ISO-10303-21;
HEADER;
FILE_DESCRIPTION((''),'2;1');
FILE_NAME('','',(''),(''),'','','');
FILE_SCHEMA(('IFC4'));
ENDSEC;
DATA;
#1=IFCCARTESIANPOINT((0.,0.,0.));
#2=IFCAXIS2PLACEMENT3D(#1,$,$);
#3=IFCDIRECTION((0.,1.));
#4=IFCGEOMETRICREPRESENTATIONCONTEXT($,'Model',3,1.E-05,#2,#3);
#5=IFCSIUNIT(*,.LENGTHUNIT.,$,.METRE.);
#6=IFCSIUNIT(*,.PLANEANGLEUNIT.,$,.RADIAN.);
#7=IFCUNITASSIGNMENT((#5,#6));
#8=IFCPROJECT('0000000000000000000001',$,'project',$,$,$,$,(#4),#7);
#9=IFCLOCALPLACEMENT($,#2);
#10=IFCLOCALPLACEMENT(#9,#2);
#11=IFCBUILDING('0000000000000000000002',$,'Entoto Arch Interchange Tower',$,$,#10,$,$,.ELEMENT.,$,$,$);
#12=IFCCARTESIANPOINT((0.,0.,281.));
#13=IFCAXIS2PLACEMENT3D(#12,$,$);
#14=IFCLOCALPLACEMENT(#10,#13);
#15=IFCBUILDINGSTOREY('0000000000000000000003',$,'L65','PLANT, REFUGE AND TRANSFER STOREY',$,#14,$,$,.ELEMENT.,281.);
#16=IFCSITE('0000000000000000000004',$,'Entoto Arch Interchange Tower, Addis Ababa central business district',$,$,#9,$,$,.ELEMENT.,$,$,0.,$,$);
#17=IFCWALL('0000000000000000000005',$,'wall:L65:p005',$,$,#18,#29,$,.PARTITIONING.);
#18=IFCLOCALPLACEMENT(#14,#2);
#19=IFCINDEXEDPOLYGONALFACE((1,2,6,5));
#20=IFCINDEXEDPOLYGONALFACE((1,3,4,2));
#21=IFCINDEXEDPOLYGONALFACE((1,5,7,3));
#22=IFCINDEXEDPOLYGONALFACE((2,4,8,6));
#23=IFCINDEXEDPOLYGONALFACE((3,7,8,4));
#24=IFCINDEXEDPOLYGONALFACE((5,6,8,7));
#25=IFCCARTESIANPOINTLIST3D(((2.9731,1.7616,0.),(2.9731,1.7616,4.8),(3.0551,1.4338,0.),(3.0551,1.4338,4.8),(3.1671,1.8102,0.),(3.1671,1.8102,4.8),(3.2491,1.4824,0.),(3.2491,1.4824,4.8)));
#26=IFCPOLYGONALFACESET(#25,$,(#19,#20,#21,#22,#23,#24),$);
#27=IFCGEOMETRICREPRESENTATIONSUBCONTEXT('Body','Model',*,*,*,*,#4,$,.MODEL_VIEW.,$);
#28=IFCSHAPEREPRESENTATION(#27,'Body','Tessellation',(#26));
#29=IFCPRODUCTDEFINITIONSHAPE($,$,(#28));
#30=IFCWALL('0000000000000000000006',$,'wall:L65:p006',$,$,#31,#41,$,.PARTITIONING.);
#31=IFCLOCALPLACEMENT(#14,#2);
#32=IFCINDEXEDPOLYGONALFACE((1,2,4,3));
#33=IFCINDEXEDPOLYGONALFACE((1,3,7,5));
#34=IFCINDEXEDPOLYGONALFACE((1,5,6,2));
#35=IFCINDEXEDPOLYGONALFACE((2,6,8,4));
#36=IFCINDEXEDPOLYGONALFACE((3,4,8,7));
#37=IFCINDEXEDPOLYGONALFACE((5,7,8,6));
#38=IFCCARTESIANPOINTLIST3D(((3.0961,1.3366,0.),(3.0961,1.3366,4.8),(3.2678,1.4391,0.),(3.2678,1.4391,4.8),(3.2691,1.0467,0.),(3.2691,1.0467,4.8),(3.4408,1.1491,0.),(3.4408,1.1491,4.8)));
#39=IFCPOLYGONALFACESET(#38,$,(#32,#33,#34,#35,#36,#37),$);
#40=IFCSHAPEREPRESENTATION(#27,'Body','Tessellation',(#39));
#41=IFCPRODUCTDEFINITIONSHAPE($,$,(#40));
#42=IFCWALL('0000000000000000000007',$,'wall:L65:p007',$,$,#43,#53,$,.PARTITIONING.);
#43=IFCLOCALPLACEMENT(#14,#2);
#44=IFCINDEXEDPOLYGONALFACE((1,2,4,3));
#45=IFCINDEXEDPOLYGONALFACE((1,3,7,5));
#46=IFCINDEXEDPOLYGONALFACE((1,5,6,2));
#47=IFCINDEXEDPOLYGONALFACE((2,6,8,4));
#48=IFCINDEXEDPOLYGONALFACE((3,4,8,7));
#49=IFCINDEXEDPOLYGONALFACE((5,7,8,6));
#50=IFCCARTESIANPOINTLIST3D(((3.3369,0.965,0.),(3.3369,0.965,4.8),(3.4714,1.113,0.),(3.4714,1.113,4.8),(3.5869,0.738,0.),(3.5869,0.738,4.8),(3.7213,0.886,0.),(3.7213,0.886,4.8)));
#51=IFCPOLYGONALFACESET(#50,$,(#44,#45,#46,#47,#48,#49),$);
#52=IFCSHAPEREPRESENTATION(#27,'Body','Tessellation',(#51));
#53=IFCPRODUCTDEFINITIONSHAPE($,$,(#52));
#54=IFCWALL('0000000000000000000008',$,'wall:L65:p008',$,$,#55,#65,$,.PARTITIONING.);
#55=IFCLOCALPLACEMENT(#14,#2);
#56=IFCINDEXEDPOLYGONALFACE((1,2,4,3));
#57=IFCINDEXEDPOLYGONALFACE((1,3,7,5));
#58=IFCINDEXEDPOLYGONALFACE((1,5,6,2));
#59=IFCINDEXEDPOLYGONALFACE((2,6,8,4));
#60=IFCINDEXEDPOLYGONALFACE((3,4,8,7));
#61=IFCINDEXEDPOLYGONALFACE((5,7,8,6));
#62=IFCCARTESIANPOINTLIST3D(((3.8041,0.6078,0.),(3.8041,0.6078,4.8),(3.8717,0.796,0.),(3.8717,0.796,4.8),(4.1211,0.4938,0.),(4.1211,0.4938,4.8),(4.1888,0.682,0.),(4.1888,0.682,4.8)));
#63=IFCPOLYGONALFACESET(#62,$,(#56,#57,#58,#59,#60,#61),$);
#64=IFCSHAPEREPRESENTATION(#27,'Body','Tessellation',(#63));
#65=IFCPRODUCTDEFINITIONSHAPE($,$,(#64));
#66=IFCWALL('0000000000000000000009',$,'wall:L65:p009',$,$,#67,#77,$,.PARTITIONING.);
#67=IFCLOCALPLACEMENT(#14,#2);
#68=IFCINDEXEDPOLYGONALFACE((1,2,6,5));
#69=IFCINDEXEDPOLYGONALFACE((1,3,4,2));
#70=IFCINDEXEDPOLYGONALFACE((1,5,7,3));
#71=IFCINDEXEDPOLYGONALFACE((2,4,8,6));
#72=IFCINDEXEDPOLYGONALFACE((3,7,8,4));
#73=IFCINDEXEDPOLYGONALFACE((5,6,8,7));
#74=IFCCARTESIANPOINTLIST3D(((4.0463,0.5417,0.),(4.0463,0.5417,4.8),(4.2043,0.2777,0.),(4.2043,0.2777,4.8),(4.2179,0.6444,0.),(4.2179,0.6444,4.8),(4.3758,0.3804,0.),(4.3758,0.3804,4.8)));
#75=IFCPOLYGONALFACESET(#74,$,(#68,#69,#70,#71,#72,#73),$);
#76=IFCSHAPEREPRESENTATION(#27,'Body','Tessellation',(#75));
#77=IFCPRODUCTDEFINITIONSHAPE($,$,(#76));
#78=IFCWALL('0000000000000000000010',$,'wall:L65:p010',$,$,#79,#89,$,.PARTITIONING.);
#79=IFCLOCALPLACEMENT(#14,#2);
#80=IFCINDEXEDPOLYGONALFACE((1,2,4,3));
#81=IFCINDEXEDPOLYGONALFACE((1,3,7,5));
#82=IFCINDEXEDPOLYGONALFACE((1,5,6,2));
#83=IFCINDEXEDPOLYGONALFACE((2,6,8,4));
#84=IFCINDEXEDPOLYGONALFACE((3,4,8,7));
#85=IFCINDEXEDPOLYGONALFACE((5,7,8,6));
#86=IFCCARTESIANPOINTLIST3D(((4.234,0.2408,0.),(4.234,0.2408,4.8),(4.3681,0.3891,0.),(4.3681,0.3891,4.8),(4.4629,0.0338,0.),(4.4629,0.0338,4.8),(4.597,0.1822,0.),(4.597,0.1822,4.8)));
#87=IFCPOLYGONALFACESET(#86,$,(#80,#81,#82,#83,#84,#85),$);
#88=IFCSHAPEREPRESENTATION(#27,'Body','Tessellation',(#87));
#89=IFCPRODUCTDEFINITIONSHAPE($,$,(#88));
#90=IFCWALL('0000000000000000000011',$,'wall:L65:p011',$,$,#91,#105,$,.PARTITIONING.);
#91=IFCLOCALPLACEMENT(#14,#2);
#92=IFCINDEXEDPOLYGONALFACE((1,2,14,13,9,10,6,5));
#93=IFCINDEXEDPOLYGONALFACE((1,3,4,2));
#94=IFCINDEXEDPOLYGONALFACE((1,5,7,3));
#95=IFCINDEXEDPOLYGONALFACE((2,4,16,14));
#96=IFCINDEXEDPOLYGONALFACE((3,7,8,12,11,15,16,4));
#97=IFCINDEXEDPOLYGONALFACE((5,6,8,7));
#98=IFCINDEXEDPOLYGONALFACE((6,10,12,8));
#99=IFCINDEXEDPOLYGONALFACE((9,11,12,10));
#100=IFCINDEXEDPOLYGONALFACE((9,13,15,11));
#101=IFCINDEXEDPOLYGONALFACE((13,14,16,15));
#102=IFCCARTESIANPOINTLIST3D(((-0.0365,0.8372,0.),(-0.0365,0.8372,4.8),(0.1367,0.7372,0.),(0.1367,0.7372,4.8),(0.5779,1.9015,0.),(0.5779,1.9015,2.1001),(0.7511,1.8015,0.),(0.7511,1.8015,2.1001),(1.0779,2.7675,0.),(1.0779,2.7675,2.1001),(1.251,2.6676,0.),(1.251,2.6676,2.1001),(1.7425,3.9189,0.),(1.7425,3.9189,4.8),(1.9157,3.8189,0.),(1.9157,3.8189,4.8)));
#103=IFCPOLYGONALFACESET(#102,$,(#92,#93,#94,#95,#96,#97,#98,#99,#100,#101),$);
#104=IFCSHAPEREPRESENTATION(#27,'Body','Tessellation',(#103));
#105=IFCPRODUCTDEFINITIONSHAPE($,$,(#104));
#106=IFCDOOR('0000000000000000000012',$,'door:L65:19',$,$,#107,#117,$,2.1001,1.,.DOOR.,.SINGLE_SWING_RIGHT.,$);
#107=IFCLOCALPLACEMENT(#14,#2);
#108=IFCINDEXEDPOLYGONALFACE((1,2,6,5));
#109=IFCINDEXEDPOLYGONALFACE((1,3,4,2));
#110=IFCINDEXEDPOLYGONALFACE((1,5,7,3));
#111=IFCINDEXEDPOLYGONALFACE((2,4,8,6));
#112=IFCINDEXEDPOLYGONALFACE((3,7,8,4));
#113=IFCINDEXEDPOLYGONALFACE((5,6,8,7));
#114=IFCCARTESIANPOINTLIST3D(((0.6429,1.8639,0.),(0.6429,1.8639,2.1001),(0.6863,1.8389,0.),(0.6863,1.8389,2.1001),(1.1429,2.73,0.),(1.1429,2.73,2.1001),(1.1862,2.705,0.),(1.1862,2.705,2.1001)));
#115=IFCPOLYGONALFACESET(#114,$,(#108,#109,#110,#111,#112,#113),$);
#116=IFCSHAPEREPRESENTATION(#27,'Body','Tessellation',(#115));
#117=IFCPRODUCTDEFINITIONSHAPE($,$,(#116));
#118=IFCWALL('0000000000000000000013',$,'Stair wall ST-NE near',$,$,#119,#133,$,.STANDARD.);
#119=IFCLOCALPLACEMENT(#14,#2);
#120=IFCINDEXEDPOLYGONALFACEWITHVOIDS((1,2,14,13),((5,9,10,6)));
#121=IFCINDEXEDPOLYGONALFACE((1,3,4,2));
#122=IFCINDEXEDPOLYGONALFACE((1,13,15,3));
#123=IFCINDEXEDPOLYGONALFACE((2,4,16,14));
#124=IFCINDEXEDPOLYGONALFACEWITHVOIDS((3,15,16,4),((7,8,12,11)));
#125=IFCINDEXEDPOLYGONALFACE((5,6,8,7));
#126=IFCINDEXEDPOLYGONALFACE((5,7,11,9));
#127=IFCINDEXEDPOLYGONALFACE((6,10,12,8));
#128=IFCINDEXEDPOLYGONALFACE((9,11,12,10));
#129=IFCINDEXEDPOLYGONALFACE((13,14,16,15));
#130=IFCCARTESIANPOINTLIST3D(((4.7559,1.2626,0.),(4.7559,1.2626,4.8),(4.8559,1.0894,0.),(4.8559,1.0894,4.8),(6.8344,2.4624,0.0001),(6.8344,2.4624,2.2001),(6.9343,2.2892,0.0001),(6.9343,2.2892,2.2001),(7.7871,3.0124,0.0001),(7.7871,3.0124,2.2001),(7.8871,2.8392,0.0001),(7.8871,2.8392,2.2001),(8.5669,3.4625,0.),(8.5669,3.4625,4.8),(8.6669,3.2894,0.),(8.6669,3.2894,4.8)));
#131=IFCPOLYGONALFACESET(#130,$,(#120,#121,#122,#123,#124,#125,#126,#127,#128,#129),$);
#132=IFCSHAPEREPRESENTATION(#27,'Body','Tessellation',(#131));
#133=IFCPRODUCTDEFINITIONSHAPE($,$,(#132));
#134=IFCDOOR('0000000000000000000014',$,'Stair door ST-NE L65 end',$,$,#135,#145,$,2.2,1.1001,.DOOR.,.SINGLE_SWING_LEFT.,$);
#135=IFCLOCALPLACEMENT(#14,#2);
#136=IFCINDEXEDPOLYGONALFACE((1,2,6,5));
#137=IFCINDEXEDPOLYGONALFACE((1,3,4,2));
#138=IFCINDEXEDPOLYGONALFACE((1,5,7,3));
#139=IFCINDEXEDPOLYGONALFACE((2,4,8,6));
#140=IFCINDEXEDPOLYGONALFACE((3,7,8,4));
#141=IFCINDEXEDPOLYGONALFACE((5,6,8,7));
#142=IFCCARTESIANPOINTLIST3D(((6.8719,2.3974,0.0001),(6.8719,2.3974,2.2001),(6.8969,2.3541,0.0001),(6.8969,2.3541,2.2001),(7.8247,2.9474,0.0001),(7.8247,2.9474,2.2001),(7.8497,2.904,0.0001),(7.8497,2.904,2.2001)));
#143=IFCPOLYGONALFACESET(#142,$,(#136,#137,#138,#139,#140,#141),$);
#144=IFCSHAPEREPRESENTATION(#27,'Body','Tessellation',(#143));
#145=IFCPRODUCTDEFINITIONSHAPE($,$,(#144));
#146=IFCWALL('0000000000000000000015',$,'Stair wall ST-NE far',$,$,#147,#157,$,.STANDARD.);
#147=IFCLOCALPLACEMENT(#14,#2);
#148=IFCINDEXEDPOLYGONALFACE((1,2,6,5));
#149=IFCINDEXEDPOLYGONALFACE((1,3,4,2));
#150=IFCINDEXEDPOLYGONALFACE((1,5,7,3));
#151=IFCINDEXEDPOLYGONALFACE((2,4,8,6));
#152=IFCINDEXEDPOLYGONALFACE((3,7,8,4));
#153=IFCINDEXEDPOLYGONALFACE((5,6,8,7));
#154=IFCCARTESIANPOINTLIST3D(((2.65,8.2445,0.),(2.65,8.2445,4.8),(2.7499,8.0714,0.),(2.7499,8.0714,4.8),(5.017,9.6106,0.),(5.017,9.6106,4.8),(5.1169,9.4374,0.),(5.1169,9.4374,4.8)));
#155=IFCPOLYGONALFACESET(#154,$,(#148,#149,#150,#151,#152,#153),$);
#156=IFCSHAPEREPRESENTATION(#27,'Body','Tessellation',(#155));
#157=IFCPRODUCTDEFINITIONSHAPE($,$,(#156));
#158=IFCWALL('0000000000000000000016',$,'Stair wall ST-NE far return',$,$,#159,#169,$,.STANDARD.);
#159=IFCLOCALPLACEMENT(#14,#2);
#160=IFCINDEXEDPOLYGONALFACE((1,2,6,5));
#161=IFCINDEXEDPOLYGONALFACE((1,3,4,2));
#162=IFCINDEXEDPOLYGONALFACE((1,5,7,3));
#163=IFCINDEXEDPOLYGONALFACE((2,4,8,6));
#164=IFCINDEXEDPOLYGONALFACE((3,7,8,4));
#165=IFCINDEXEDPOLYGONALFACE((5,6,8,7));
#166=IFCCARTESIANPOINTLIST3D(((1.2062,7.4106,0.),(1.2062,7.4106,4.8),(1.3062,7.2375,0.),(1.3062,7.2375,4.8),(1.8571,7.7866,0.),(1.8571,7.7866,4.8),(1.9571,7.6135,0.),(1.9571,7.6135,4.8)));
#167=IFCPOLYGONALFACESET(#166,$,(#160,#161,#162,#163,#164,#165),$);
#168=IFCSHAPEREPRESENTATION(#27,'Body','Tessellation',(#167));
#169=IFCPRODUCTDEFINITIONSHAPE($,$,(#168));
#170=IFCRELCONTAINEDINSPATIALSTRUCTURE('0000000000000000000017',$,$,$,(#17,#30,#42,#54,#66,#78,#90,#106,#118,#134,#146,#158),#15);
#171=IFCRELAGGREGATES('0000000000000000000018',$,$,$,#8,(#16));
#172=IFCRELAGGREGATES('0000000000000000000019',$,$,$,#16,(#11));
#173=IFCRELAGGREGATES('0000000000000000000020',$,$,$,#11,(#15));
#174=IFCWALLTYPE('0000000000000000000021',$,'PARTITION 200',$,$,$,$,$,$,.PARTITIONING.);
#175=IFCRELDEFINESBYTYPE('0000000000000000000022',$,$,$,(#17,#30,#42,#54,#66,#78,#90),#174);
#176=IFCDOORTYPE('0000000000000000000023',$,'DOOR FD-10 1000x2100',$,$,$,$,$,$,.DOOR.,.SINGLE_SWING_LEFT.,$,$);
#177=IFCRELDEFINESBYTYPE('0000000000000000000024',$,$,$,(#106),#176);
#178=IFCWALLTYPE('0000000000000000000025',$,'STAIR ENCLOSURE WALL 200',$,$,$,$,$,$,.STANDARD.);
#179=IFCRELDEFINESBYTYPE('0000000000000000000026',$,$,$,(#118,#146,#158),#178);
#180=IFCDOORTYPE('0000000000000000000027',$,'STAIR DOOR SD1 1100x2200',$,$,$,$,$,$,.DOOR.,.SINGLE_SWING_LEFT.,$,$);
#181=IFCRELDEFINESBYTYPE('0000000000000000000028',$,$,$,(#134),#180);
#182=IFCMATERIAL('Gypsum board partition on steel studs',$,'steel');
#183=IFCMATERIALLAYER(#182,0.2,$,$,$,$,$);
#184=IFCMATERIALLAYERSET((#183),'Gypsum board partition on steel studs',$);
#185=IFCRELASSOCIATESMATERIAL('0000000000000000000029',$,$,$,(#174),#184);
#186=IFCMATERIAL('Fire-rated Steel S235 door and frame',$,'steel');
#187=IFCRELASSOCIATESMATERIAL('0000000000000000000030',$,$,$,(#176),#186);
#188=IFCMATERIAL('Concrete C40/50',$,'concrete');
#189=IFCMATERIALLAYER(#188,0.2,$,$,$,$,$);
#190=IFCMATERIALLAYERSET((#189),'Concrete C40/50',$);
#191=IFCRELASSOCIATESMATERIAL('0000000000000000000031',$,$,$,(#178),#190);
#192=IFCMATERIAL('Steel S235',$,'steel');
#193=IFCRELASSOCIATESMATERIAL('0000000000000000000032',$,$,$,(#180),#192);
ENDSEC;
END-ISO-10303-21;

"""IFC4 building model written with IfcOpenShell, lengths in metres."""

from ifc_helpers import new_model, si_unit, direction, frame, frame_2d, origin, place, context, subcontext, project, spatial, rectangle, extrude, material, layer, layer_set, type_object, element, fill, save


model = new_model("IFC4")

# Units and contexts
model_context = context("Model", 3, precision=1e-05, world=origin(), true_north=direction((0.0, 1.0)))
body_context = subcontext(model_context, "Body", "Model", "MODEL_VIEW")
ifc_project = project(units=[si_unit("LENGTHUNIT", "METRE"), si_unit("PLANEANGLEUNIT", "RADIAN")], contexts=[model_context])

# Site, building, storey
site_placement = place(None, origin())
site = spatial("IfcSite", under=ifc_project, at=site_placement, Name="Entoto Arch Interchange Tower, Addis Ababa central business district", CompositionType="ELEMENT", RefElevation=0.0)
building_placement = place(site_placement, origin())
building = spatial("IfcBuilding", under=site, at=building_placement, Name="Entoto Arch Interchange Tower", CompositionType="ELEMENT")
storey_placement = place(building_placement, frame((0.0, 0.0, 281.0)))
storey = spatial("IfcBuildingStorey", under=building, at=storey_placement, Name="L65", Description="PLANT, REFUGE AND TRANSFER STOREY", CompositionType="ELEMENT", Elevation=281.0)

# Shared definitions
ifc_material_1 = material(Name="Concrete C40/50", Category="concrete")

# Walls
ifc_material_2 = material(Name="Gypsum board partition on steel studs", Category="steel")
ifc_layer_1 = layer(ifc_material_2, 0.2)
ifc_layer_set_1 = layer_set([ifc_layer_1], Name="Gypsum board partition on steel studs")
wall_type_1 = type_object("IfcWallType", Name="PARTITION 200", PredefinedType="PARTITIONING", material=ifc_layer_set_1)
wall_1_placement = place(storey_placement, frame((3.0701, 1.7859, 0.0), z_axis=(0.0, 0.0, 1.0), x_axis=(0.242706, -0.9701, 0.0)))
element("IfcWall", 1, at=wall_1_placement, inside=storey, type_object=wall_type_1, Name="wall:L65:p005", PredefinedType="PARTITIONING", context=body_context, shape_type="SweptSolid", body=[
    extrude(rectangle(XDim=0.3379, YDim=0.2, at=frame_2d((0.1689, 0.0))), origin(), (0.0, 0.0, 1.0), 4.8),
])
for number, where, z_axis, x_axis, name in (
    (2, (3.1819, 1.3879, 0.0), (0.0, 0.0, 1.0), (0.512475, -0.858702, 0.0), "wall:L65:p006"),
    (3, (3.4041, 1.0391, 0.0), (0.0, 0.0, 1.0), (0.740267, -0.672313, 0.0), "wall:L65:p007"),
):
    element("IfcWall", number, at=place(storey_placement, frame(where, z_axis=z_axis, x_axis=x_axis)), inside=storey, type_object=wall_type_1, Name=name, PredefinedType="PARTITIONING", context=body_context, shape_type="SweptSolid", body=[
        extrude(rectangle(XDim=0.3376, YDim=0.2, at=frame_2d((0.1689, 0.0))), origin(), (0.0, 0.0, 1.0), 4.8),
    ])
wall_2_placement = place(storey_placement, frame((3.8379, 0.7019, 0.0), z_axis=(0.0, 0.0, 1.0), x_axis=(0.941035, -0.338309, 0.0)))
element("IfcWall", 4, at=wall_2_placement, inside=storey, type_object=wall_type_1, Name="wall:L65:p008", PredefinedType="PARTITIONING", context=body_context, shape_type="SweptSolid", body=[
    extrude(rectangle(XDim=0.3369, YDim=0.2, at=frame_2d((0.1685, 0.0))), origin(), (0.0, 0.0, 1.0), 4.8),
])
wall_3_placement = place(storey_placement, frame((4.1321, 0.593, 0.0), z_axis=(0.0, 0.0, 1.0), x_axis=(0.513562, -0.858053, 0.0)))
element("IfcWall", 5, at=wall_3_placement, inside=storey, type_object=wall_type_1, Name="wall:L65:p009", PredefinedType="PARTITIONING", context=body_context, shape_type="SweptSolid", body=[
    extrude(rectangle(XDim=0.3076, YDim=0.2, at=frame_2d((0.1538, 0.0))), origin(), (0.0, 0.0, 1.0), 4.8),
])
wall_4_placement = place(storey_placement, frame((4.301, 0.3149, 0.0), z_axis=(0.0, 0.0, 1.0), x_axis=(0.741798, -0.670623, 0.0)))
element("IfcWall", 6, at=wall_4_placement, inside=storey, type_object=wall_type_1, Name="wall:L65:p010", PredefinedType="PARTITIONING", context=body_context, shape_type="SweptSolid", body=[
    extrude(rectangle(XDim=0.3086, YDim=0.2, at=frame_2d((0.1543, 0.0))), origin(), (0.0, 0.0, 1.0), 4.8),
])

# Walls, openings, doors
wall_5_placement = place(storey_placement, frame((0.05, 0.7871, 0.0), z_axis=(0.0, 0.0, 1.0), x_axis=(0.499954, 0.866052, 0.0)))
wall_5 = element("IfcWall", 7, at=wall_5_placement, inside=storey, type_object=wall_type_1, Name="wall:L65:p011", PredefinedType="PARTITIONING", context=body_context, shape_type="SweptSolid", body=[
    extrude(rectangle(XDim=3.5583, YDim=0.2, at=frame_2d((1.7793, 0.0))), origin(), (0.0, 0.0, 1.0), 4.8),
])
opening_1_placement = place(wall_5_placement, frame((1.229, 0.0, 0.0)))
opening_1 = element("IfcOpeningElement", 8, at=opening_1_placement, cuts=wall_5, PredefinedType="OPENING", context=body_context, shape_type="SweptSolid", body=[
    extrude(rectangle(XDim=1.0, YDim=2.1001, at=frame_2d((0.5, 1.05))), frame((0.0, 0.1099, 0.0), z_axis=(0.0, -1.0, 0.0), x_axis=(1.0, 0.0, 0.0)), (0.0, 0.0, 1.0), 0.22),
])
ifc_material_3 = material(Name="Fire-rated Steel S235 door and frame", Category="steel")
door_type_1 = type_object("IfcDoorType", Name="DOOR FD-10 1000x2100", OperationType="SINGLE_SWING_LEFT", PredefinedType="DOOR", material=ifc_material_3)
door_1_placement = place(opening_1_placement, origin())
door_1 = element("IfcDoor", 9, at=door_1_placement, inside=storey, type_object=door_type_1, Name="door:L65:19", OperationType="SINGLE_SWING_RIGHT", OverallHeight=2.1001, OverallWidth=1.0, PredefinedType="DOOR", context=body_context, shape_type="SweptSolid", body=[
    extrude(rectangle(XDim=1.0, YDim=2.1001, at=frame_2d((0.5, 1.05))), frame((0.0, 0.0249, 0.0), z_axis=(0.0, -1.0, 0.0), x_axis=(1.0, 0.0, 0.0)), (0.0, 0.0, 1.0), 0.05),
])
fill(opening_1, door_1)
ifc_layer_2 = layer(ifc_material_1, 0.2)
ifc_layer_set_2 = layer_set([ifc_layer_2], Name="Concrete C40/50")
wall_type_2 = type_object("IfcWallType", Name="STAIR ENCLOSURE WALL 200", PredefinedType="STANDARD", material=ifc_layer_set_2)
wall_6_placement = place(storey_placement, frame((4.8059, 1.176, 0.0), z_axis=(0.0, 0.0, 1.0), x_axis=(0.86606, 0.49994, 0.0)))
wall_6 = element("IfcWall", 10, at=wall_6_placement, inside=storey, type_object=wall_type_2, Name="Stair wall ST-NE near", PredefinedType="STANDARD", context=body_context, shape_type="SweptSolid", body=[
    extrude(rectangle(XDim=4.4004, YDim=0.2, at=frame_2d((2.2002, 0.0))), origin(), (0.0, 0.0, 1.0), 4.8),
])
opening_2_placement = place(wall_6_placement, frame((2.3999, 0.0, 0.0)))
opening_2 = element("IfcOpeningElement", 11, at=opening_2_placement, cuts=wall_6, PredefinedType="OPENING", context=body_context, shape_type="SweptSolid", body=[
    extrude(rectangle(XDim=1.1001, YDim=2.2, at=frame_2d((0.55, 1.1001))), frame((0.0, 0.1099, 0.0), z_axis=(0.0, -1.0, 0.0), x_axis=(1.0, 0.0, 0.0)), (0.0, 0.0, 1.0), 0.22),
])
ifc_material_4 = material(Name="Steel S235", Category="steel")
door_type_2 = type_object("IfcDoorType", Name="STAIR DOOR SD1 1100x2200", OperationType="SINGLE_SWING_LEFT", PredefinedType="DOOR", material=ifc_material_4)
door_2_placement = place(opening_2_placement, origin())
door_2 = element("IfcDoor", 12, at=door_2_placement, inside=storey, type_object=door_type_2, Name="Stair door ST-NE L65 end", OperationType="SINGLE_SWING_LEFT", OverallHeight=2.2, OverallWidth=1.1001, PredefinedType="DOOR", context=body_context, shape_type="SweptSolid", body=[
    extrude(rectangle(XDim=1.1001, YDim=2.2, at=frame_2d((0.55, 1.1001))), frame((0.0, 0.0249, 0.0), z_axis=(0.0, -1.0, 0.0), x_axis=(1.0, 0.0, 0.0)), (0.0, 0.0, 1.0), 0.05),
])
fill(opening_2, door_2)

# Walls
wall_7_placement = place(storey_placement, frame((2.7, 8.158, 0.0), z_axis=(0.0, 0.0, 1.0), x_axis=(0.866119, 0.499838, 0.0)))
element("IfcWall", 13, at=wall_7_placement, inside=storey, type_object=wall_type_2, Name="Stair wall ST-NE far", PredefinedType="STANDARD", context=body_context, shape_type="SweptSolid", body=[
    extrude(rectangle(XDim=2.7329, YDim=0.2, at=frame_2d((1.3665, 0.0))), origin(), (0.0, 0.0, 1.0), 4.8),
])
wall_8_placement = place(storey_placement, frame((1.2561, 7.324, 0.0), z_axis=(0.0, 0.0, 1.0), x_axis=(0.865915, 0.500191, 0.0)))
element("IfcWall", 14, at=wall_8_placement, inside=storey, type_object=wall_type_2, Name="Stair wall ST-NE far return", PredefinedType="STANDARD", context=body_context, shape_type="SweptSolid", body=[
    extrude(rectangle(XDim=0.7517, YDim=0.2, at=frame_2d((0.376, 0.0))), origin(), (0.0, 0.0, 1.0), 4.8),
])

save(model, "model.ifc")
